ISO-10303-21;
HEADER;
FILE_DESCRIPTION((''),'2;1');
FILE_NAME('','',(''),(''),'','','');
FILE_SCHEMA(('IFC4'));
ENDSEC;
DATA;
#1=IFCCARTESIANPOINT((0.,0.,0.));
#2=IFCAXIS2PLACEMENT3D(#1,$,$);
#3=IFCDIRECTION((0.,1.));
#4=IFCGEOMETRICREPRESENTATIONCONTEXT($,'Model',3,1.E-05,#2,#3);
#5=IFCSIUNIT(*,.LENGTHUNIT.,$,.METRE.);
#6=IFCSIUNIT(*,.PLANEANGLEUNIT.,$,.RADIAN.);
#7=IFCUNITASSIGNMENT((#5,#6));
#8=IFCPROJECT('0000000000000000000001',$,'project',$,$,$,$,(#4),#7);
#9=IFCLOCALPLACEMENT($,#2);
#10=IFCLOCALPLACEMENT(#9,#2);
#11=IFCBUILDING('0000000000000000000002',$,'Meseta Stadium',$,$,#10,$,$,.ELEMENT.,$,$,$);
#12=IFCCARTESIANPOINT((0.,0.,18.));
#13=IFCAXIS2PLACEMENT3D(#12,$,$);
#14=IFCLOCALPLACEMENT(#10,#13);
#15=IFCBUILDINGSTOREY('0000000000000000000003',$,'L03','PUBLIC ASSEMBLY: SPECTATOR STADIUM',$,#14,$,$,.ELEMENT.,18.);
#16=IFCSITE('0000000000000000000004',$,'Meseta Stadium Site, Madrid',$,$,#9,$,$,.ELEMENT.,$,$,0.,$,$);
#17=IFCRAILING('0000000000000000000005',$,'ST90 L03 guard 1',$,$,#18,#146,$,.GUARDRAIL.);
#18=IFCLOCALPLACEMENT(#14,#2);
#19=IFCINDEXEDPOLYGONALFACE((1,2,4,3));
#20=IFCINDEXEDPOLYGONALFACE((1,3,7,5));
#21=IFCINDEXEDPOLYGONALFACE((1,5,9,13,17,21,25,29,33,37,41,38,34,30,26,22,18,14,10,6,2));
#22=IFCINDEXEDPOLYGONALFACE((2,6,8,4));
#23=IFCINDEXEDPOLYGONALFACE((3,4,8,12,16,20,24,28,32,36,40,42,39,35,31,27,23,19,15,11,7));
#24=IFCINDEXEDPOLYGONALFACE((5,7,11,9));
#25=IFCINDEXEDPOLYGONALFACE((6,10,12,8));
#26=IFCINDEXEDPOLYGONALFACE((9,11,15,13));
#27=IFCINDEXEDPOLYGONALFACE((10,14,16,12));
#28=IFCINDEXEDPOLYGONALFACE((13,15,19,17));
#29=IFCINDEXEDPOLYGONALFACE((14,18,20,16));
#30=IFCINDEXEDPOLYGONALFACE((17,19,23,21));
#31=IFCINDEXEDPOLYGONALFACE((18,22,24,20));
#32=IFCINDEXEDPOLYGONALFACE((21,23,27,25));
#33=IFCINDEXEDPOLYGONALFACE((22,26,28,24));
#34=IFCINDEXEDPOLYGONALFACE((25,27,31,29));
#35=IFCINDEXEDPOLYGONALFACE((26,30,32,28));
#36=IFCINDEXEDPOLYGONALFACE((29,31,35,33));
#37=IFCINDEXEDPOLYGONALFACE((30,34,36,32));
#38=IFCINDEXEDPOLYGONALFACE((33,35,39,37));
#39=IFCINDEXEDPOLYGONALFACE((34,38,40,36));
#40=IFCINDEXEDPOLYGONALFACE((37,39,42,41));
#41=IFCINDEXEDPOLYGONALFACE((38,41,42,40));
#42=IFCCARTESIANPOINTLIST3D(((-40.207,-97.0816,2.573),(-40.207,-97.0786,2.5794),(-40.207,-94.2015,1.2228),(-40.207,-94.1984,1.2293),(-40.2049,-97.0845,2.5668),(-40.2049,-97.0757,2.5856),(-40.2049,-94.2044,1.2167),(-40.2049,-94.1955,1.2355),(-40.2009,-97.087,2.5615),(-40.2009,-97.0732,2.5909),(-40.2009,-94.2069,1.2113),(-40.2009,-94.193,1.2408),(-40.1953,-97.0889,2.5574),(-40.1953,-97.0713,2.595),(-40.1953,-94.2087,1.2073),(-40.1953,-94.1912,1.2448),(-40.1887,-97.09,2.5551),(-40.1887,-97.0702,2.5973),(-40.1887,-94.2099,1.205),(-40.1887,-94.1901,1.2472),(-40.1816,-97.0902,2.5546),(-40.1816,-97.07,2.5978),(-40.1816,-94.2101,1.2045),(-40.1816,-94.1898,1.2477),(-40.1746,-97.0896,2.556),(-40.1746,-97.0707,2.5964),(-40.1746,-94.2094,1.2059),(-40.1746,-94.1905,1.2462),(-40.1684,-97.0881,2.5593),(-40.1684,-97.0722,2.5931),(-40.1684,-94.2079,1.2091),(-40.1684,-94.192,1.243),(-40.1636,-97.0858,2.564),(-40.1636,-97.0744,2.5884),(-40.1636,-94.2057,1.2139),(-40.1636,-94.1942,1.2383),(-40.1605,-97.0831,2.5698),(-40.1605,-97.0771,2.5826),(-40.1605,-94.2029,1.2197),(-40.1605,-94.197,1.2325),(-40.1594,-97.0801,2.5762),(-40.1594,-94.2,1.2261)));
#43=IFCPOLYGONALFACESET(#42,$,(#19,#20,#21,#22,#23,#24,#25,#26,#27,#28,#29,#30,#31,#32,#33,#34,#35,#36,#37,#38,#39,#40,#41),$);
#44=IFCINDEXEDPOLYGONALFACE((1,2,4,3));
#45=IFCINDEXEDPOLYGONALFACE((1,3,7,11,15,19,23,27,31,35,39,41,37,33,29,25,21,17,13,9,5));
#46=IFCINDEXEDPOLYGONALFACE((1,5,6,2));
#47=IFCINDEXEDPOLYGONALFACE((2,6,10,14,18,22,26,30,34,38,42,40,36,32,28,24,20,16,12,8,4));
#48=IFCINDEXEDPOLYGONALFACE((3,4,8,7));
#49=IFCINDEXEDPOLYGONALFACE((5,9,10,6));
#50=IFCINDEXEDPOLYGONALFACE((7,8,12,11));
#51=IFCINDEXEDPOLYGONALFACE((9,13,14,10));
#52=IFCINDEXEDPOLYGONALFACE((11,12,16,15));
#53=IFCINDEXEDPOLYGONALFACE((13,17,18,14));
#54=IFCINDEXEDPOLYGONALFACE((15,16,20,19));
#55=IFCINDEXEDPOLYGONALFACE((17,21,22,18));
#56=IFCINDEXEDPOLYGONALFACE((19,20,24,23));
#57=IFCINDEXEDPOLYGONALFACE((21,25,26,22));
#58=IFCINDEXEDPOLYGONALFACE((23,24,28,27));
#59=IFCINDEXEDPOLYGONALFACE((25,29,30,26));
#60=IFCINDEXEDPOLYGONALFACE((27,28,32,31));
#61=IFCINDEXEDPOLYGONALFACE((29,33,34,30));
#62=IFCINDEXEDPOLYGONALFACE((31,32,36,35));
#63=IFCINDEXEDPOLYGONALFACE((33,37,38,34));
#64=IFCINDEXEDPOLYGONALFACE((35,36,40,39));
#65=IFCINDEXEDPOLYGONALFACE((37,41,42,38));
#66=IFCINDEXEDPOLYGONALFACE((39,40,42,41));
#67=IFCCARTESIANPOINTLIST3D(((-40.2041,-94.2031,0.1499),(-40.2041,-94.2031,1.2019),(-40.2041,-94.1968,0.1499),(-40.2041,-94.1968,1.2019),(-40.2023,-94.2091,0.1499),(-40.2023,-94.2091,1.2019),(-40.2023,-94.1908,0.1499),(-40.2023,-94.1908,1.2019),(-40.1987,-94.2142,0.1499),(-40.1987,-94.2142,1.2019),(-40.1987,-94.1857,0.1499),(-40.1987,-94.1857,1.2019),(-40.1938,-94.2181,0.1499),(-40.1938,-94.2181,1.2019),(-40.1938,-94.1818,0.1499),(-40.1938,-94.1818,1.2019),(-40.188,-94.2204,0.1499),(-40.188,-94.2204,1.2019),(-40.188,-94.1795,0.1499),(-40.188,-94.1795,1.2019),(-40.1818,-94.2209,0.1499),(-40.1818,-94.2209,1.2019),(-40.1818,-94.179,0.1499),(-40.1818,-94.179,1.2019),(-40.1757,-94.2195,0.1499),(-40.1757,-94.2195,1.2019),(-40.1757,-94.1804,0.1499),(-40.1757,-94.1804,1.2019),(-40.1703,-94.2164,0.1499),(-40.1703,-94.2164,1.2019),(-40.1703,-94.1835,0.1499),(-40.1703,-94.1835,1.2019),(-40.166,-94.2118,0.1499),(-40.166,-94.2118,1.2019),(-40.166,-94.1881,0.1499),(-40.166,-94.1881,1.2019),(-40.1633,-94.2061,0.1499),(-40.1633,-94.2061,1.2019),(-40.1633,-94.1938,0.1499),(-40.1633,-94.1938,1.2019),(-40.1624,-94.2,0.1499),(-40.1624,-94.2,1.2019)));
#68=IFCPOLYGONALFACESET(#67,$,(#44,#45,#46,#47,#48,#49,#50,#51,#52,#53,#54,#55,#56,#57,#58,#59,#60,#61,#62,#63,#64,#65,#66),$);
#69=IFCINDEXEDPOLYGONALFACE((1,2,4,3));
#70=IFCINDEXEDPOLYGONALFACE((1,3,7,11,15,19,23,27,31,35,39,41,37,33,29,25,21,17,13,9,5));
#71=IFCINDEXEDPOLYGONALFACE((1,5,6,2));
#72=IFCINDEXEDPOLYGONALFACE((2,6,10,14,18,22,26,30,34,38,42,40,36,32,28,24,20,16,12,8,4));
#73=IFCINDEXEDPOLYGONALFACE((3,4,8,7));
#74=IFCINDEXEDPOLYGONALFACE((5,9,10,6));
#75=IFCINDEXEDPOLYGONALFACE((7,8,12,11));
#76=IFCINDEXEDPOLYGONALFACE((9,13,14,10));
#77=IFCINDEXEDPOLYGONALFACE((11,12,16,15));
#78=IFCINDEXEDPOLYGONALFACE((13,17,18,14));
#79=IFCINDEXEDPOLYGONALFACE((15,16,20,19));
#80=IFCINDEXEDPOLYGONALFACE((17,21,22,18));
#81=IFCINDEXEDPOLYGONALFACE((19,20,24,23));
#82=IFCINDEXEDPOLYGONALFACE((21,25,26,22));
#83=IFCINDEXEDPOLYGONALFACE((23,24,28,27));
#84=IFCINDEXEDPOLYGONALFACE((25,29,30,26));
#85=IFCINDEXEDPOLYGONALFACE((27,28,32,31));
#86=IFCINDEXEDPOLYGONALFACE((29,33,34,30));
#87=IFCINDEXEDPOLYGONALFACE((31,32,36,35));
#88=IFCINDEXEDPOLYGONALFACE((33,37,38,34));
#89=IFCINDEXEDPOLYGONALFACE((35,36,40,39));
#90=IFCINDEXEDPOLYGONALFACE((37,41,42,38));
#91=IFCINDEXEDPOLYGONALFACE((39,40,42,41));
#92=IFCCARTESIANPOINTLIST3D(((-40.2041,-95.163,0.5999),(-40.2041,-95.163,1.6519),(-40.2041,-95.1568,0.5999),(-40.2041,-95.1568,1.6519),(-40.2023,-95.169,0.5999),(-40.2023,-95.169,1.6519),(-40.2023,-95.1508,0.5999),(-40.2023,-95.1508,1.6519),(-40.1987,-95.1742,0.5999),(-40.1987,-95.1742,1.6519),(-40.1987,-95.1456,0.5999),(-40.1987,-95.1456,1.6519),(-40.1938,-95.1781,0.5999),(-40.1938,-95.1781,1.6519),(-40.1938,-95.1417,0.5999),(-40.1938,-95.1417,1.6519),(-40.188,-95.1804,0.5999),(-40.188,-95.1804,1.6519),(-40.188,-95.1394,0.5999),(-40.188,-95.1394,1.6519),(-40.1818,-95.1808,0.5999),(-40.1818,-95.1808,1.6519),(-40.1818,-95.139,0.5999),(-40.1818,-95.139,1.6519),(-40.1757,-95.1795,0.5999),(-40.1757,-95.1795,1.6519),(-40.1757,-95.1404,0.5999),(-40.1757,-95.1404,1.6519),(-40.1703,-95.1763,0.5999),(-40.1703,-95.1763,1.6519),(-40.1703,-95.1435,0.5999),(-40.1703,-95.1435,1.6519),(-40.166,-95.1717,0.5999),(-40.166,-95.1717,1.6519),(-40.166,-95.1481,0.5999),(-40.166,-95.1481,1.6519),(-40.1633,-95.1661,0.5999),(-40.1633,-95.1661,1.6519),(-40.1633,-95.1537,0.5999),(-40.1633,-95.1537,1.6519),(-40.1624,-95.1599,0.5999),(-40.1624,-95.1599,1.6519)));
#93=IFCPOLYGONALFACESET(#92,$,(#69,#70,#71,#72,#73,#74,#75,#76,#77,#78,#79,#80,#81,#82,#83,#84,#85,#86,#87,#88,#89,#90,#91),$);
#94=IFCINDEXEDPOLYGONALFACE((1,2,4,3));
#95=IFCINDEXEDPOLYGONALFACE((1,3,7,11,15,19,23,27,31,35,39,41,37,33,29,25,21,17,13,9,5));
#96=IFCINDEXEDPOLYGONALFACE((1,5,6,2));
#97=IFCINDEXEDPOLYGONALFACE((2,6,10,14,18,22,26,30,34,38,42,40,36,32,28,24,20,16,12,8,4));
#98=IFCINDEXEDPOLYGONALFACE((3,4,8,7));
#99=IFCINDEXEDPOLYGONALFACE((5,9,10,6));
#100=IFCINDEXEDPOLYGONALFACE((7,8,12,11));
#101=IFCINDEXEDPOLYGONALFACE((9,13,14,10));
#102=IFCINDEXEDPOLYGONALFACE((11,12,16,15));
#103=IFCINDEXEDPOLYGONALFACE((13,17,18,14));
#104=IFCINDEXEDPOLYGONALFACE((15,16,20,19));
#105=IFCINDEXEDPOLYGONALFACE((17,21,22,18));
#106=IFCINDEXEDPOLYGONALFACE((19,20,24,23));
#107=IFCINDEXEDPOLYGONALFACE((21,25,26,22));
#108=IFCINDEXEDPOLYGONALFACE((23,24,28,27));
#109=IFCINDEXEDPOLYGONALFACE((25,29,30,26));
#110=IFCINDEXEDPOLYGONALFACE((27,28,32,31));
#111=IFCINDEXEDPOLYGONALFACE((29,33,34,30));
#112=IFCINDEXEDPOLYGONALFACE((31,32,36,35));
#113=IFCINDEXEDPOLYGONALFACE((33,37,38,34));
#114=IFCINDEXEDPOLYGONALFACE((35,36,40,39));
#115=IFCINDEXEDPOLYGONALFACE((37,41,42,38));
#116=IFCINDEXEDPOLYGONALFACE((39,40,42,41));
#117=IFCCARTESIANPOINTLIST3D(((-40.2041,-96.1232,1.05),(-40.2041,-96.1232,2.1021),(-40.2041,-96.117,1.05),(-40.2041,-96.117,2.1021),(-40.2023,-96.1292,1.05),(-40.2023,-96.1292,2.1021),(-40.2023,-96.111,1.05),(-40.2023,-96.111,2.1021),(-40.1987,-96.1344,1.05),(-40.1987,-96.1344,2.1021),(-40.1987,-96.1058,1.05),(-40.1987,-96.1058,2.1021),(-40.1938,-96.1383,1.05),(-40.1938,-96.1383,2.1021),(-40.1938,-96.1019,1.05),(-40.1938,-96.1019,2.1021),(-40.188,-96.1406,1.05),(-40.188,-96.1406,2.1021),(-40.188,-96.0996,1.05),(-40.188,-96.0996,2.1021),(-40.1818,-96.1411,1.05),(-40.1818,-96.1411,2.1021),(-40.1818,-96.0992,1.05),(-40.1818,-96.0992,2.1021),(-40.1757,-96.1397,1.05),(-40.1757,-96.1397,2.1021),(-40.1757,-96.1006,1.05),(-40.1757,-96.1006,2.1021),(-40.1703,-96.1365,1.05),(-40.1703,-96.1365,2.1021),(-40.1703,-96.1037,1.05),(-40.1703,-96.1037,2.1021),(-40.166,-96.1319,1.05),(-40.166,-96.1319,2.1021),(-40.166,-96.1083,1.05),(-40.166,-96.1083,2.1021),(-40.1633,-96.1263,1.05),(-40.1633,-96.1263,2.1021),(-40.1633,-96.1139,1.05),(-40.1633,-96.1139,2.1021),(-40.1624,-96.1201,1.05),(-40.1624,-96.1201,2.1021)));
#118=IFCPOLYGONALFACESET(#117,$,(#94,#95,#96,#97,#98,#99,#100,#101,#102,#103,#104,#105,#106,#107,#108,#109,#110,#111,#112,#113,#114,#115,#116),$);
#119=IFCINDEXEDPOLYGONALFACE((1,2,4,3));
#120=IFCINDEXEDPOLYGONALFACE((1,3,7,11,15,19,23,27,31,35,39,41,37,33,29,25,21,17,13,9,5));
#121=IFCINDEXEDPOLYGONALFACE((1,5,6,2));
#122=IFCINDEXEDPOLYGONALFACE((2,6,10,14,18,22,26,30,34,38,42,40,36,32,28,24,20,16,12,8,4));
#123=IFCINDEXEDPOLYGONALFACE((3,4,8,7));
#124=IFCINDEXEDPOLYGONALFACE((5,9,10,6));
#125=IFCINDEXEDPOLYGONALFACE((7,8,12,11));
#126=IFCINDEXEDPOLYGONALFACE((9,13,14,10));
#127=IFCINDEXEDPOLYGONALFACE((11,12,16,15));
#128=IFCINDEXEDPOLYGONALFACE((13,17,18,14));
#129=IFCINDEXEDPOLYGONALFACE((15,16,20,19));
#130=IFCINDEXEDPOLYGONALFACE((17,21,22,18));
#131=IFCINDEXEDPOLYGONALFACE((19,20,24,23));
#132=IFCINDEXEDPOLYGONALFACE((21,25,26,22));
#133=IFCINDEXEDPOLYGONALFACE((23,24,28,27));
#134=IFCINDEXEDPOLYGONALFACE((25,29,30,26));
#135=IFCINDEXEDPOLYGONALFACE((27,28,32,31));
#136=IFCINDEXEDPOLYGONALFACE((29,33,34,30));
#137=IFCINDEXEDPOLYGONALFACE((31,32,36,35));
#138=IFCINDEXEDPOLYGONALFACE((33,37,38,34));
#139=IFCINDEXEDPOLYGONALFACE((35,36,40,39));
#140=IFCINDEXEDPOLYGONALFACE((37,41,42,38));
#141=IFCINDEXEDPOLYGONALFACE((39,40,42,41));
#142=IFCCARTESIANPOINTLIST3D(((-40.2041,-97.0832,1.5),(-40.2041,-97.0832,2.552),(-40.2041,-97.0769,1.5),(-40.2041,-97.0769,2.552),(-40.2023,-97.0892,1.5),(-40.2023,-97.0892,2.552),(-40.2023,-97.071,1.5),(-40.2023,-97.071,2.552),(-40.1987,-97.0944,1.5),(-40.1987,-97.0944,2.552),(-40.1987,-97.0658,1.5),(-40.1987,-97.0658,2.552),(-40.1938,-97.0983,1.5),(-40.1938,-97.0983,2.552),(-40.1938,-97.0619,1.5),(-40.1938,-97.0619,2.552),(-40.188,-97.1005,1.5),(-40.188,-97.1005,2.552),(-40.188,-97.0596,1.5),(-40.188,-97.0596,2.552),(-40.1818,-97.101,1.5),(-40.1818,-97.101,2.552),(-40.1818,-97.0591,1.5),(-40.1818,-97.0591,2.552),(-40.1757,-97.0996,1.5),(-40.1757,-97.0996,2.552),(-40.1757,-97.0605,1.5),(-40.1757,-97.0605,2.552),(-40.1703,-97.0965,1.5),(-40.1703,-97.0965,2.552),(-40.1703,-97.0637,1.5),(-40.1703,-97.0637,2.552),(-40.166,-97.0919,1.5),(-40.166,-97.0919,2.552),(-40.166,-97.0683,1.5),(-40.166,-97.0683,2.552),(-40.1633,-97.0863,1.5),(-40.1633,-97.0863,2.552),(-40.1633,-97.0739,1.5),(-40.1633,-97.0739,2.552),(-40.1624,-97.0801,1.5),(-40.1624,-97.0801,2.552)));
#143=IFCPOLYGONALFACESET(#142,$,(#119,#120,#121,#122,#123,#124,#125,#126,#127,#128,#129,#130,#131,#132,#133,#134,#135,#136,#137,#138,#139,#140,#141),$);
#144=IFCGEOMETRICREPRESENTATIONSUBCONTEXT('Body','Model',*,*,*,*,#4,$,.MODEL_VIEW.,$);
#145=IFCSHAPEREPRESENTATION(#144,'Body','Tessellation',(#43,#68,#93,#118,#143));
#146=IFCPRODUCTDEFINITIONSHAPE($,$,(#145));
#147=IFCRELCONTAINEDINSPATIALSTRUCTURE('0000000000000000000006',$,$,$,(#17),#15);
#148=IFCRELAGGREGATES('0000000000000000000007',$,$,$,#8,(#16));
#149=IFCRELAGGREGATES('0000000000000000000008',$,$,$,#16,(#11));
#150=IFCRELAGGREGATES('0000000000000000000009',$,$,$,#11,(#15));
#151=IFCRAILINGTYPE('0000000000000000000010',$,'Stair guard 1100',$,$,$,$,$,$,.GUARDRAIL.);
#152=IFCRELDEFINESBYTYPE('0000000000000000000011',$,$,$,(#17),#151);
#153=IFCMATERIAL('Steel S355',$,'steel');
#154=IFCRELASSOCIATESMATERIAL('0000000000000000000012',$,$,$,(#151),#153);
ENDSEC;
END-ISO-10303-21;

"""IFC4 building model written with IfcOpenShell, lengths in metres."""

from ifc_helpers import new_model, si_unit, direction, frame, origin, origin_2d, place, context, subcontext, project, spatial, circle, extrude, material, type_object, element, save


model = new_model("IFC4")

# Units and contexts
model_context = context("Model", 3, precision=1e-05, world=origin(), true_north=direction((0.0, 1.0)))
body_context = subcontext(model_context, "Body", "Model", "MODEL_VIEW")
ifc_project = project(units=[si_unit("LENGTHUNIT", "METRE"), si_unit("PLANEANGLEUNIT", "RADIAN")], contexts=[model_context])

# Site, building, storey
site_placement = place(None, origin())
site = spatial("IfcSite", under=ifc_project, at=site_placement, Name="Meseta Stadium Site, Madrid", CompositionType="ELEMENT", RefElevation=0.0)
building_placement = place(site_placement, origin())
building = spatial("IfcBuilding", under=site, at=building_placement, Name="Meseta Stadium", CompositionType="ELEMENT")
storey_placement = place(building_placement, frame((0.0, 0.0, 18.0)))
storey = spatial("IfcBuildingStorey", under=building, at=storey_placement, Name="L03", Description="PUBLIC ASSEMBLY: SPECTATOR STADIUM", CompositionType="ELEMENT", Elevation=18.0)

# Railing
ifc_material_1 = material(Name="Steel S355", Category="steel")
railing_type_1 = type_object("IfcRailingType", Name="Stair guard 1100", PredefinedType="GUARDRAIL", material=ifc_material_1)
for number, where, name in (
    (1, (-40.1833, -94.2, 0.1499), "ST90 L03 guard 1"),
):
    element("IfcRailing", number, at=place(storey_placement, frame(where)), inside=storey, type_object=railing_type_1, Name=name, PredefinedType="GUARDRAIL", context=body_context, shape_type="SweptSolid", body=[
        extrude(circle(Radius=0.0239, at=origin_2d()), frame((0.0, 0.0, 1.0762), z_axis=(0.0, -0.905454, 0.424444), x_axis=(1.0, 0.0, 0.0)), (0.0, 0.0, 1.0), 3.1809),
        extrude(circle(Radius=0.021, at=origin_2d()), origin(), (0.0, 0.0, 1.0), 1.052),
        extrude(circle(Radius=0.021, at=origin_2d()), frame((0.0, -0.96, 0.45)), (0.0, 0.0, 1.0), 1.052),
        extrude(circle(Radius=0.021, at=origin_2d()), frame((0.0, -1.9202, 0.9001)), (0.0, 0.0, 1.0), 1.052),
        extrude(circle(Radius=0.021, at=origin_2d()), frame((0.0, -2.8801, 1.3501)), (0.0, 0.0, 1.0), 1.052),
    ])

save(model, "model.ifc")
